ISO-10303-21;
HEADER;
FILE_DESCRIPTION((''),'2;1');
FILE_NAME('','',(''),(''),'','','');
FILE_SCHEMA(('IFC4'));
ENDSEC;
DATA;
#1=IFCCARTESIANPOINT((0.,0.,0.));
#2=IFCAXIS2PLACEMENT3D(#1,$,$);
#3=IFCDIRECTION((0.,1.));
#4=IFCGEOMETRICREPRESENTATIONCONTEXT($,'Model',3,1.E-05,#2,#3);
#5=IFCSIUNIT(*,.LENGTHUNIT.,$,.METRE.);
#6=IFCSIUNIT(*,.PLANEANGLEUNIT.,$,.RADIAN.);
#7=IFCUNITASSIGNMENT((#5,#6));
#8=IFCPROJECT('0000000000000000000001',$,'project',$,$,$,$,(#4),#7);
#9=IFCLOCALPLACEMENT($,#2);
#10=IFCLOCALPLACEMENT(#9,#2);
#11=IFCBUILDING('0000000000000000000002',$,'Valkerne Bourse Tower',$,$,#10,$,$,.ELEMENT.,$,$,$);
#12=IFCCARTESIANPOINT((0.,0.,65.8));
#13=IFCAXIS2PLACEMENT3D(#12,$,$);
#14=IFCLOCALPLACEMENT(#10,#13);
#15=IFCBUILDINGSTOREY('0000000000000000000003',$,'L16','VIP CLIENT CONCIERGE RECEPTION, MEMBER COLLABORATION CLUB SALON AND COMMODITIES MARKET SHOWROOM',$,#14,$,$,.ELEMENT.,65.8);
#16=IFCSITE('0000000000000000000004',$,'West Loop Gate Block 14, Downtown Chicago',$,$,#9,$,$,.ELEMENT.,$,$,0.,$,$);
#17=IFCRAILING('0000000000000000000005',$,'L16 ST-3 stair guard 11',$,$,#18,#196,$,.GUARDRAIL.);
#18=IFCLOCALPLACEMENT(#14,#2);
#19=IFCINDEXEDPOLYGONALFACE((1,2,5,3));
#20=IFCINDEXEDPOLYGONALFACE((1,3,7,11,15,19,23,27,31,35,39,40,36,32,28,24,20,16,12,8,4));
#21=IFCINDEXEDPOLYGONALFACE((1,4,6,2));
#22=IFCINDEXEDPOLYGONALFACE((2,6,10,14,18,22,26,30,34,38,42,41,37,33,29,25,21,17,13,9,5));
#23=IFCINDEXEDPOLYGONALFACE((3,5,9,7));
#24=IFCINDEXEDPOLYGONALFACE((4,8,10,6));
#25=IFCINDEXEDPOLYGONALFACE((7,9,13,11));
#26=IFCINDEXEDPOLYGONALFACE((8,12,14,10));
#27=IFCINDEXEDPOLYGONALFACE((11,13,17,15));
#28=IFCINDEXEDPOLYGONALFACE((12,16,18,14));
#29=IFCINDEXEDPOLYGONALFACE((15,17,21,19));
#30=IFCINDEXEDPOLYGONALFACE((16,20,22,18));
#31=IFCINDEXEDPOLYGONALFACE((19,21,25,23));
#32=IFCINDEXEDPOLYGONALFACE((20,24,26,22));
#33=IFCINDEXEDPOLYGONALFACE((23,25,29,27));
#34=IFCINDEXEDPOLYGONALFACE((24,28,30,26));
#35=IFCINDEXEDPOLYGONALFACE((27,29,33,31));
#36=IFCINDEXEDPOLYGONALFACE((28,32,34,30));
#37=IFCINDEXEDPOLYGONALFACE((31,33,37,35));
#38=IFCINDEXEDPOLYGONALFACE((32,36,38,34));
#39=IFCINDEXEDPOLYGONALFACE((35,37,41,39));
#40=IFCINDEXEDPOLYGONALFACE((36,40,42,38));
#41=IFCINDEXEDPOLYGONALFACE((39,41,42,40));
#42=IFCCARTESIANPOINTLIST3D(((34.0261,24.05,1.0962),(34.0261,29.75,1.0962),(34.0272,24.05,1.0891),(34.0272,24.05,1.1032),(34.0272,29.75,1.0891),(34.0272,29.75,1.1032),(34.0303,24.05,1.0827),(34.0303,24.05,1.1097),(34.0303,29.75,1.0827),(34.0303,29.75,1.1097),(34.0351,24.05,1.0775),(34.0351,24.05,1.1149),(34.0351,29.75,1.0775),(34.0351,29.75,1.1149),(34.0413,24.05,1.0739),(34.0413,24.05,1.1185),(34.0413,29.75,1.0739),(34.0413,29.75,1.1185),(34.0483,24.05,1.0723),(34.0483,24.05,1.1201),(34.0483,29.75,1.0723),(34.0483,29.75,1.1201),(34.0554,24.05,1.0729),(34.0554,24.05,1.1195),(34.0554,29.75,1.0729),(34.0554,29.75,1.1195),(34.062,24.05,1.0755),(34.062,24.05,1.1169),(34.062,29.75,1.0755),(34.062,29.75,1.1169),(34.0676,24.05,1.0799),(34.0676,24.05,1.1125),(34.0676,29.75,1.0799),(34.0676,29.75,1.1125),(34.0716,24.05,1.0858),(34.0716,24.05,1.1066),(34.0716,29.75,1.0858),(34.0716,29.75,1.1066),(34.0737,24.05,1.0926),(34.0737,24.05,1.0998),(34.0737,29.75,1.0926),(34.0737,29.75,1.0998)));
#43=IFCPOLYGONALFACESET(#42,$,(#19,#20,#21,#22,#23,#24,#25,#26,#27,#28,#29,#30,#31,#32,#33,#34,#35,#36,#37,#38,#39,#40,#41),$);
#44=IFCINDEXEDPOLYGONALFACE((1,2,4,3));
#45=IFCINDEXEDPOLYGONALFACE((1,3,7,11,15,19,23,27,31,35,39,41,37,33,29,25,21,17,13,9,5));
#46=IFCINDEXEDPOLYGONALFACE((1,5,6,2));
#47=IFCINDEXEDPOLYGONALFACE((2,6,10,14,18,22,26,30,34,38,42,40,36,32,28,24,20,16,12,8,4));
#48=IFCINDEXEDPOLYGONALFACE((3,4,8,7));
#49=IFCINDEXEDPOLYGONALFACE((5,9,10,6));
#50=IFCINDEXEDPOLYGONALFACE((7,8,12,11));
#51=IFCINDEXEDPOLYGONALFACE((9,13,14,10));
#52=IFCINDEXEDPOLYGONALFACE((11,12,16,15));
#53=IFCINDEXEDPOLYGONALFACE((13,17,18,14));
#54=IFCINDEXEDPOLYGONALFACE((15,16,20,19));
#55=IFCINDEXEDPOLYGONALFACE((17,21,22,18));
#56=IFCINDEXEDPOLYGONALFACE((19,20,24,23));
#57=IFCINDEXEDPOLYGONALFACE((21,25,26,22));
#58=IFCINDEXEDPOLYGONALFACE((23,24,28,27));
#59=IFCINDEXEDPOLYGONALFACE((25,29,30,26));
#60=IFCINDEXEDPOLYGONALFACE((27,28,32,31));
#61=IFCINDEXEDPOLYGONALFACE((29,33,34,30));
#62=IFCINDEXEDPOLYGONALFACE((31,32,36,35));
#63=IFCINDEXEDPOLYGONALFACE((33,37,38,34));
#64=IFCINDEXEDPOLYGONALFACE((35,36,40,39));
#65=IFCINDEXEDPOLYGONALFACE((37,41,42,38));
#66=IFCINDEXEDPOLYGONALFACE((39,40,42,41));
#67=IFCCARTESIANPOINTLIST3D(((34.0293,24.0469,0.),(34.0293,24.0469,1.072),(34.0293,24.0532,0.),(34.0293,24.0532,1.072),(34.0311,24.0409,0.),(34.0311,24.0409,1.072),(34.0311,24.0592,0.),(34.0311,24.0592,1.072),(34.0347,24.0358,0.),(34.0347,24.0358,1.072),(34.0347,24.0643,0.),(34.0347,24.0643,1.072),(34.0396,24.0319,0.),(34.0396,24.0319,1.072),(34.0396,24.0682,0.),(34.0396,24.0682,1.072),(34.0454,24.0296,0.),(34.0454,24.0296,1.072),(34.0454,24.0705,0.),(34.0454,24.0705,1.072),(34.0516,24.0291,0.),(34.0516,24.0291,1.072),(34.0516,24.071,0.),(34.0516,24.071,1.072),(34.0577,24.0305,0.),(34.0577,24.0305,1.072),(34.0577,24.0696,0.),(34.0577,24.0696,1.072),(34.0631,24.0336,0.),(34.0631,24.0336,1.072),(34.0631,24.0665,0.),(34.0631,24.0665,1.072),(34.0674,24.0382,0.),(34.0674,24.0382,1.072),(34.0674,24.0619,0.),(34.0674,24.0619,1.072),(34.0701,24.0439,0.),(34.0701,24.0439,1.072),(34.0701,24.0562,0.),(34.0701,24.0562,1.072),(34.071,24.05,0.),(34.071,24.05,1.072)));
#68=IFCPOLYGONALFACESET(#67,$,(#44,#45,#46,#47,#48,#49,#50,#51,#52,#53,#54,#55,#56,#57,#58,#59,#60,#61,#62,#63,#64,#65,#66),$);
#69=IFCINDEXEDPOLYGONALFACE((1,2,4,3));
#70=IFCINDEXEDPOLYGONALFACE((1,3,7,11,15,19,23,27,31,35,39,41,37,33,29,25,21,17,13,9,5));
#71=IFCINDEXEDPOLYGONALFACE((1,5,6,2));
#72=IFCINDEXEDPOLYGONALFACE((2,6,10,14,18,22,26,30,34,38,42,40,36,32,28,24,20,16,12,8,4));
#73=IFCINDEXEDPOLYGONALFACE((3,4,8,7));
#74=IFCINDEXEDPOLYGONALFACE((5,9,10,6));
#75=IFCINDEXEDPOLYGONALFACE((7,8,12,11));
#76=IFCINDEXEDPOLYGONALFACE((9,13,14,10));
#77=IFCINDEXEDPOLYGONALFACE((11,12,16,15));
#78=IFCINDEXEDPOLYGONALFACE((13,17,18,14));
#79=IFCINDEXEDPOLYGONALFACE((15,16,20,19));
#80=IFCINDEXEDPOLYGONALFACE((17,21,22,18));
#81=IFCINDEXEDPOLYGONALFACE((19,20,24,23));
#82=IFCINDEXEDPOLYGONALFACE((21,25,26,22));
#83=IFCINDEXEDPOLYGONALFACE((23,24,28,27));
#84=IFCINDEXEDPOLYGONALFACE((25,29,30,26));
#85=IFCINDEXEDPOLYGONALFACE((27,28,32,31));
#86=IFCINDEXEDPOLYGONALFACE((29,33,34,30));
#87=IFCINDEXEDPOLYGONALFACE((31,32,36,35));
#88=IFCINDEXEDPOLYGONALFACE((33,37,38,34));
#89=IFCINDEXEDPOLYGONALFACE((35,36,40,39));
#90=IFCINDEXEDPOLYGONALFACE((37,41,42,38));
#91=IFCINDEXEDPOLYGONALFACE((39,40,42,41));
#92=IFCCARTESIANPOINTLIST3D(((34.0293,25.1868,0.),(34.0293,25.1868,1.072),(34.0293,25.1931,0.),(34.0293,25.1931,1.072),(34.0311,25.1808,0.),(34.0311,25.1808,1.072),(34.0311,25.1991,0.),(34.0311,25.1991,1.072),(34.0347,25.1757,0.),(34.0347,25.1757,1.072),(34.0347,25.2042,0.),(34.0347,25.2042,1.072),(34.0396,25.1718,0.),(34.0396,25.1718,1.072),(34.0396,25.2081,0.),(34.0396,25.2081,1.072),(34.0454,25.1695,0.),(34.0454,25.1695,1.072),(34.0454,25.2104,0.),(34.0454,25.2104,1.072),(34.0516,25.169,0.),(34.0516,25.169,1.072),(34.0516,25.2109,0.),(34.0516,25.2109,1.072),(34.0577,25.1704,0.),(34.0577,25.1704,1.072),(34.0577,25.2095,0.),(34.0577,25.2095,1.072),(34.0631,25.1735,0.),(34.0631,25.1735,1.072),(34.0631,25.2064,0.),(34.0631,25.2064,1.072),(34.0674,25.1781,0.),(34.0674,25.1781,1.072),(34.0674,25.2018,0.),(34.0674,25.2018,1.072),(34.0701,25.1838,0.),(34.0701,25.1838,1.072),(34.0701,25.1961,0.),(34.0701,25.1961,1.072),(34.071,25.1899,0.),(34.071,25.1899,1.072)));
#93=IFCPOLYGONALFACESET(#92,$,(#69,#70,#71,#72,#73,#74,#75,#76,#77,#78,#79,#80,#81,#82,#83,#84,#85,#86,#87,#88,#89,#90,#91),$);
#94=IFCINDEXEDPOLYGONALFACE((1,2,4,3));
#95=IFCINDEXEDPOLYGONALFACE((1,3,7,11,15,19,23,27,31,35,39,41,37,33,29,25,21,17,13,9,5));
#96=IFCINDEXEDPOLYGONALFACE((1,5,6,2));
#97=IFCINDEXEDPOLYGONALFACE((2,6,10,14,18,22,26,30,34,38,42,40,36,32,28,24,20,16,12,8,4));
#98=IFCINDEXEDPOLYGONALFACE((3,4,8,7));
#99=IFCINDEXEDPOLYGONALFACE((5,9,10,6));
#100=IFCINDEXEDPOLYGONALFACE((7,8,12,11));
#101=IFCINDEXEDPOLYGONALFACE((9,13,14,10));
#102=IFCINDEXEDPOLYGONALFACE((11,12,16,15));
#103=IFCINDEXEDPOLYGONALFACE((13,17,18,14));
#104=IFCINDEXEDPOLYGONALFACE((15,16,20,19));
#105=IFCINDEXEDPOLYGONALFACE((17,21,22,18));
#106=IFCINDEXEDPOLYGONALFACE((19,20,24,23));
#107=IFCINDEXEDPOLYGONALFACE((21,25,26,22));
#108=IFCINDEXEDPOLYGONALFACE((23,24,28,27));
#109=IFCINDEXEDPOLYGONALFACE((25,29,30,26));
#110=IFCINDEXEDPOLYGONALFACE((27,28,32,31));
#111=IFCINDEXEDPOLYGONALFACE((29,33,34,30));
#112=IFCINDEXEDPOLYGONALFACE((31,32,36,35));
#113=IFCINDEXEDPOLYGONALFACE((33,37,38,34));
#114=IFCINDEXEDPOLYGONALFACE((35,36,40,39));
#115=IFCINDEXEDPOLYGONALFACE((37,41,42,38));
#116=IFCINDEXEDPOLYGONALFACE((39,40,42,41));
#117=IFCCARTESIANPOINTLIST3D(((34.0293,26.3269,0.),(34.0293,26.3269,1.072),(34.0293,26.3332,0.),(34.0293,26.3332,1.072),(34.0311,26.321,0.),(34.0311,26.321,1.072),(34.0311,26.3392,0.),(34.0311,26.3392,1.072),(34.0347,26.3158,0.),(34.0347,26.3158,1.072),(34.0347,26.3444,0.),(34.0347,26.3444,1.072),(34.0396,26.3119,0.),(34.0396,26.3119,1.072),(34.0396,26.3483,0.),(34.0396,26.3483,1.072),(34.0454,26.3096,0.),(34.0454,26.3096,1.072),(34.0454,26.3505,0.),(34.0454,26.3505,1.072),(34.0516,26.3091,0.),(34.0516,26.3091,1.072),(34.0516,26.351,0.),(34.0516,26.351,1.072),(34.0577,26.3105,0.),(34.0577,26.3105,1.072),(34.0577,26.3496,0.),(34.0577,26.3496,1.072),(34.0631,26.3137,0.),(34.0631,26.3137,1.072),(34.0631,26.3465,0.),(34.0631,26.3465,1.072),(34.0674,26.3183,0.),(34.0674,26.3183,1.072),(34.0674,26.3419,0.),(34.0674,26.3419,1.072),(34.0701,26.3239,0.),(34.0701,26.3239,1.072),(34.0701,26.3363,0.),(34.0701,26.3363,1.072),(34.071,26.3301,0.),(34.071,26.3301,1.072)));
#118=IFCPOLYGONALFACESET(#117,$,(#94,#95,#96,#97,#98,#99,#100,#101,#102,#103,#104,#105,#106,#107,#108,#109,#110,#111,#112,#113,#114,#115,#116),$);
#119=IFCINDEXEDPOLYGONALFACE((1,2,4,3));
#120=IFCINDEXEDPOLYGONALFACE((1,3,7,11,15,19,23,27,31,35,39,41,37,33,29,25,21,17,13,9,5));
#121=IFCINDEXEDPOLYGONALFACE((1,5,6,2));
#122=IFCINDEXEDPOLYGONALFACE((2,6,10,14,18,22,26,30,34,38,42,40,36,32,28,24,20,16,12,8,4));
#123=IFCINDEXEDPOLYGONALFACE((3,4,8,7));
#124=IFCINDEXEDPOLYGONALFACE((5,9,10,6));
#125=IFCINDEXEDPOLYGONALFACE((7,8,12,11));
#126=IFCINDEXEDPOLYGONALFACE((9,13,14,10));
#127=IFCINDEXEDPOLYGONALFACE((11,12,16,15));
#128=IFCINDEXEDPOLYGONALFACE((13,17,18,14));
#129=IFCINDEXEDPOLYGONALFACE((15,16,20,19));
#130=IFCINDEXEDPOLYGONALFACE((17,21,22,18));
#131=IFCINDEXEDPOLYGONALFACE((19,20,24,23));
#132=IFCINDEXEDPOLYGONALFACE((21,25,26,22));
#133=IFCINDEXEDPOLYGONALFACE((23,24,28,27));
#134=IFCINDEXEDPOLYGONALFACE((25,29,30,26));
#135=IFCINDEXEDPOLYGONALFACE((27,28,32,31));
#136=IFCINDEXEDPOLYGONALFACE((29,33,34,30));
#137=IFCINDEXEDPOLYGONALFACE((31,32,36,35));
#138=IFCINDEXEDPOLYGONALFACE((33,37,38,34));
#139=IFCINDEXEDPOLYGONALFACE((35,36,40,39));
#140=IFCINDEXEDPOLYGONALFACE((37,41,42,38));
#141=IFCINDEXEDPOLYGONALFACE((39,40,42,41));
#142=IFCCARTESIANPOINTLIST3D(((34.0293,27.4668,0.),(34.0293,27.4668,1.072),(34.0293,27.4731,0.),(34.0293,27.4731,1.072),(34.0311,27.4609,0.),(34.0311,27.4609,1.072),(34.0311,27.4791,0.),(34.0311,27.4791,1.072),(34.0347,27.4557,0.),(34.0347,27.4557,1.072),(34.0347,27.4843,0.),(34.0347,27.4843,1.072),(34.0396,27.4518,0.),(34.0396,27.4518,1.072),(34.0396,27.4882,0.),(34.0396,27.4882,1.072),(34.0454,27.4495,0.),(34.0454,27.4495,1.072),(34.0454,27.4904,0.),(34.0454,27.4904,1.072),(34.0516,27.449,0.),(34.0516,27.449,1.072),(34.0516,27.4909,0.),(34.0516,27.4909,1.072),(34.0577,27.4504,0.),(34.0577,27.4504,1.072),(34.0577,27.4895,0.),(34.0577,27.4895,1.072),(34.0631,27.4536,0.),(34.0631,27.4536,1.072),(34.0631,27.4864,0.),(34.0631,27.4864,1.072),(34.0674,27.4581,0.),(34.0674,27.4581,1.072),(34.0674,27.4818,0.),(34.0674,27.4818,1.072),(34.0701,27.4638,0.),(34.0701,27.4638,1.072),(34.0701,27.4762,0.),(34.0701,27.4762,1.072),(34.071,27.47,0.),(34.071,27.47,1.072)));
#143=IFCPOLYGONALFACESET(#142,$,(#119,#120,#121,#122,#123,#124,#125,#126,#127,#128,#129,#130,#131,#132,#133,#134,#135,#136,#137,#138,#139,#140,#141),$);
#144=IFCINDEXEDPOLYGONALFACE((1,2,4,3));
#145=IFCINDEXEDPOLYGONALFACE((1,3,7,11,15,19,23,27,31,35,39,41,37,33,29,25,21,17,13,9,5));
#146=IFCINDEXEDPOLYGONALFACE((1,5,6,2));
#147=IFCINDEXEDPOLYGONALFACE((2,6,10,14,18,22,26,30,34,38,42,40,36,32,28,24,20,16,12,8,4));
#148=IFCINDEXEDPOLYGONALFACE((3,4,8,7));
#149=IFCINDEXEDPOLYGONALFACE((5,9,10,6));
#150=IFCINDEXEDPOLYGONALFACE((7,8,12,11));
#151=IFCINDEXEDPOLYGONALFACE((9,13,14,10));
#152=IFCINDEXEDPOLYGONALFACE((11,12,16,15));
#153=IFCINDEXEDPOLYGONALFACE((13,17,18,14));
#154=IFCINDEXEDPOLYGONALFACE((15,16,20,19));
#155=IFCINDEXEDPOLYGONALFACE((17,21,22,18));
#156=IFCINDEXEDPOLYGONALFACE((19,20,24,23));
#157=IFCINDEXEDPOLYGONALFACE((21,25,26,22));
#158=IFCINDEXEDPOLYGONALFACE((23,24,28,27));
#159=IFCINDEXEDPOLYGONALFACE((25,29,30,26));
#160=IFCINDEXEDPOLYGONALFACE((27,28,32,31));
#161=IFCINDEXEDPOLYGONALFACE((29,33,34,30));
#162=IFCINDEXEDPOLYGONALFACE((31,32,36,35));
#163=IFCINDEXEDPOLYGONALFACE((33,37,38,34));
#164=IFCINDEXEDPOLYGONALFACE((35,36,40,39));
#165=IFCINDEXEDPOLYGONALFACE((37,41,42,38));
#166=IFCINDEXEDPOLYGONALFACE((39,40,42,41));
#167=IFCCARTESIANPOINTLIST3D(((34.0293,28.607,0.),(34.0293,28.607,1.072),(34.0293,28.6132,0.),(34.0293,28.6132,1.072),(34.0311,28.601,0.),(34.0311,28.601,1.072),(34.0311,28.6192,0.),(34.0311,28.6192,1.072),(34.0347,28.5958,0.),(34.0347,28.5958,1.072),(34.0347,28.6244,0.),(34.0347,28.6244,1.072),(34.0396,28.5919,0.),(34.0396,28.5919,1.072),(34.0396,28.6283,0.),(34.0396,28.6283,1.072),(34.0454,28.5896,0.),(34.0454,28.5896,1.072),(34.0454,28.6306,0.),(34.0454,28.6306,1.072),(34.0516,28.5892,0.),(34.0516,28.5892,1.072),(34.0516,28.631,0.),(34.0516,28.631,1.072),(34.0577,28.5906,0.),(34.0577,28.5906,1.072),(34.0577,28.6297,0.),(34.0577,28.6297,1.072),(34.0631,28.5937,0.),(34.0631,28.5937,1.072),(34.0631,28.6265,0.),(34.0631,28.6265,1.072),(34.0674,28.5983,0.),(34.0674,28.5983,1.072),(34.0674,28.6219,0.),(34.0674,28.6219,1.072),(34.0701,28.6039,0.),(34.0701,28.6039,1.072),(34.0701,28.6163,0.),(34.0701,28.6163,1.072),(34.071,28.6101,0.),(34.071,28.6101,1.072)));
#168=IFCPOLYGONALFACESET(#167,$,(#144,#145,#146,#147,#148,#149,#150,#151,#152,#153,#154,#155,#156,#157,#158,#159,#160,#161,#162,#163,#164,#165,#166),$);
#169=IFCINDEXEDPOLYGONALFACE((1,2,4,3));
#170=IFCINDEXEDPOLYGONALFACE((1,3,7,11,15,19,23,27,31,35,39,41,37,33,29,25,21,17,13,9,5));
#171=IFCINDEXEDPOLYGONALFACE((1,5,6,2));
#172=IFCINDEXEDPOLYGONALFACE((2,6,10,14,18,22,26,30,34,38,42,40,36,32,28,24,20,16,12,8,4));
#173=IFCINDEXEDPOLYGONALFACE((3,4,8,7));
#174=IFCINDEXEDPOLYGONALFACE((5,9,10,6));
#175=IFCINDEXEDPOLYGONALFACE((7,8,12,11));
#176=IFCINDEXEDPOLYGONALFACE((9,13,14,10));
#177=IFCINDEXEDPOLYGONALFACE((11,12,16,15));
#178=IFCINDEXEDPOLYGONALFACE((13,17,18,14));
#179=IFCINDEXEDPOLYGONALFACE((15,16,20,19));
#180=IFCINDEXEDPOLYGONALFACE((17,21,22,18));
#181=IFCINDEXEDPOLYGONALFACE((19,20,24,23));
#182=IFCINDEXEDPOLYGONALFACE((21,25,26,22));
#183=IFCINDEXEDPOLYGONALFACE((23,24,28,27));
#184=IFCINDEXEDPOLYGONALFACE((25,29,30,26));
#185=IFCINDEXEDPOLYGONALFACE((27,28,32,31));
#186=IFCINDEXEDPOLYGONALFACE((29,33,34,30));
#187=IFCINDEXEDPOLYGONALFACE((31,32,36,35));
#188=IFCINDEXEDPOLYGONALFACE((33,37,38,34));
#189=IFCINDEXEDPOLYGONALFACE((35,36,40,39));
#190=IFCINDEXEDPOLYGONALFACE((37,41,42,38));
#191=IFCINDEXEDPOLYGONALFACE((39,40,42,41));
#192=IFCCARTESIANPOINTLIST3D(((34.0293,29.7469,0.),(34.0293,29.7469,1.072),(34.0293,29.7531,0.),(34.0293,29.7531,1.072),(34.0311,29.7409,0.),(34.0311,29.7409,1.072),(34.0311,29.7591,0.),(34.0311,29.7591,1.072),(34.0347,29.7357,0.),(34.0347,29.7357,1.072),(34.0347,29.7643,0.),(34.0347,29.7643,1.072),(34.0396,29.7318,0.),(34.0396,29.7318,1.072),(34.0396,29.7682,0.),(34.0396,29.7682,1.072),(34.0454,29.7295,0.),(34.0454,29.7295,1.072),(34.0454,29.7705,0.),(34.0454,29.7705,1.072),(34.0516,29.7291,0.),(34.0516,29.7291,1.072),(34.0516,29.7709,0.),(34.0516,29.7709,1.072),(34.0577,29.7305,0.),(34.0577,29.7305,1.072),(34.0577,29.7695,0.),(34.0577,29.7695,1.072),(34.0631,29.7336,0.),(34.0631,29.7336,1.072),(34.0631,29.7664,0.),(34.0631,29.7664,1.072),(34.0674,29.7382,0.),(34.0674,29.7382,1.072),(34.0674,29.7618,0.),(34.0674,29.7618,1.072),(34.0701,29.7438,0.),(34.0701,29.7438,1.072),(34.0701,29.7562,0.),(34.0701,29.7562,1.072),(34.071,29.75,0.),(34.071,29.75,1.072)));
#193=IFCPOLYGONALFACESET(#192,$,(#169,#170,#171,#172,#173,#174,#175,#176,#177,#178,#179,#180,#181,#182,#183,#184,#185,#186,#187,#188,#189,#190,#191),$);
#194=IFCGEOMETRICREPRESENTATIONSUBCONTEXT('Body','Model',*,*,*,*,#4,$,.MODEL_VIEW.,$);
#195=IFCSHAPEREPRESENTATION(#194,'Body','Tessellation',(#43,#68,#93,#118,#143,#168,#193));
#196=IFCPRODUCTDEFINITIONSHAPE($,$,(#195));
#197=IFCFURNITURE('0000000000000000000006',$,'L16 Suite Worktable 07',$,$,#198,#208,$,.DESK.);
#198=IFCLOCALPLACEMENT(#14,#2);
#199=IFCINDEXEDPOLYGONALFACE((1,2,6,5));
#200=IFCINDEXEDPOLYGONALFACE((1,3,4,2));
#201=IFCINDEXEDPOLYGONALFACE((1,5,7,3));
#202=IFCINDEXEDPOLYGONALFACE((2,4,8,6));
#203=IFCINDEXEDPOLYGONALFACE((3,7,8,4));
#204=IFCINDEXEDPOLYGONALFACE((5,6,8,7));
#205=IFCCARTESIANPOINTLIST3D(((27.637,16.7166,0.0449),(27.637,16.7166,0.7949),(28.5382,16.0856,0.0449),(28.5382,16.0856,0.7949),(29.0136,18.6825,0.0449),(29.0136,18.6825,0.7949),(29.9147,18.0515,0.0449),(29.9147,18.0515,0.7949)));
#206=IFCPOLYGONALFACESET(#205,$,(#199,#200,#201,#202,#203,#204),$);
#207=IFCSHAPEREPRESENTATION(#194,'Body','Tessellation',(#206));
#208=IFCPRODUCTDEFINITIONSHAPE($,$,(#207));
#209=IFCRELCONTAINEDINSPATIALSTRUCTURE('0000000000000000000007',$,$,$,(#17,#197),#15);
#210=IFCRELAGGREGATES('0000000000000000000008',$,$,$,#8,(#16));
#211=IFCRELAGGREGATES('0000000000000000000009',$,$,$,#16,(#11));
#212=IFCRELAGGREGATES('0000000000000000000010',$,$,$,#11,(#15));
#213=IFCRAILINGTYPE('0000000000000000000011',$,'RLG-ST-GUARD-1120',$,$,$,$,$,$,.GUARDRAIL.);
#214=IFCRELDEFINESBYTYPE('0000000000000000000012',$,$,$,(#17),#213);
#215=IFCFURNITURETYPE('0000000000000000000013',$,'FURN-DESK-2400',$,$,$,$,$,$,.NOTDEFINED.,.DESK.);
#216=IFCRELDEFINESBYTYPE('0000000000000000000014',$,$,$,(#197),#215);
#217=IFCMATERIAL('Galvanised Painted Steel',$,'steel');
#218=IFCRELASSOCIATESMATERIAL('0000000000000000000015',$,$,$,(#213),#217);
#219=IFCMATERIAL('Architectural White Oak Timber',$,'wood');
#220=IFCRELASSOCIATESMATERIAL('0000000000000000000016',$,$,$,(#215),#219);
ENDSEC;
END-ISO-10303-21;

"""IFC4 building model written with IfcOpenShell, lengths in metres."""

from ifc_helpers import new_model, si_unit, direction, frame, origin, origin_2d, place, context, subcontext, project, spatial, rectangle, circle, extrude, material, type_object, element, save


model = new_model("IFC4")

# Units and contexts
model_context = context("Model", 3, precision=1e-05, world=origin(), true_north=direction((0.0, 1.0)))
body_context = subcontext(model_context, "Body", "Model", "MODEL_VIEW")
ifc_project = project(units=[si_unit("LENGTHUNIT", "METRE"), si_unit("PLANEANGLEUNIT", "RADIAN")], contexts=[model_context])

# Site, building, storey
site_placement = place(None, origin())
site = spatial("IfcSite", under=ifc_project, at=site_placement, Name="West Loop Gate Block 14, Downtown Chicago", CompositionType="ELEMENT", RefElevation=0.0)
building_placement = place(site_placement, origin())
building = spatial("IfcBuilding", under=site, at=building_placement, Name="Valkerne Bourse Tower", CompositionType="ELEMENT")
storey_placement = place(building_placement, frame((0.0, 0.0, 65.8)))
storey = spatial("IfcBuildingStorey", under=building, at=storey_placement, Name="L16", Description="VIP CLIENT CONCIERGE RECEPTION, MEMBER COLLABORATION CLUB SALON AND COMMODITIES MARKET SHOWROOM", CompositionType="ELEMENT", Elevation=65.8)

# Shared definitions
ifc_material_1 = material(Name="Galvanised Painted Steel", Category="steel")

# Railing
railing_type = type_object("IfcRailingType", Name="RLG-ST-GUARD-1120", PredefinedType="GUARDRAIL", material=ifc_material_1)
railing_1_placement = place(storey_placement, frame((34.05, 24.05, 0.0)))
element("IfcRailing", 1, at=railing_1_placement, inside=storey, type_object=railing_type, Name="L16 ST-3 stair guard 11", PredefinedType="GUARDRAIL", context=body_context, shape_type="SweptSolid", body=[
    extrude(circle(Radius=0.0239, at=origin_2d()), frame((0.0, 0.0, 1.0962), z_axis=(0.0, 1.0, 0.0), x_axis=(-1.0, 0.0, 0.0)), (0.0, 0.0, 1.0), 5.7),
    extrude(circle(Radius=0.021, at=origin_2d()), origin(), (0.0, 0.0, 1.0), 1.072),
    extrude(circle(Radius=0.021, at=origin_2d()), frame((0.0, 1.1399, 0.0)), (0.0, 0.0, 1.0), 1.072),
    extrude(circle(Radius=0.021, at=origin_2d()), frame((0.0, 2.28, 0.0)), (0.0, 0.0, 1.0), 1.072),
    extrude(circle(Radius=0.021, at=origin_2d()), frame((0.0, 3.4199, 0.0)), (0.0, 0.0, 1.0), 1.072),
    extrude(circle(Radius=0.021, at=origin_2d()), frame((0.0, 4.5601, 0.0)), (0.0, 0.0, 1.0), 1.072),
    extrude(circle(Radius=0.021, at=origin_2d()), frame((0.0, 5.7, 0.0)), (0.0, 0.0, 1.0), 1.072),
])

# Furniture
ifc_material_2 = material(Name="Architectural White Oak Timber", Category="wood")
furniture_type = type_object("IfcFurnitureType", Name="FURN-DESK-2400", AssemblyPlace="NOTDEFINED", PredefinedType="DESK", material=ifc_material_2)
furniture_placement = place(storey_placement, frame((28.7759, 17.384, 0.0449), z_axis=(0.0, 0.0, 1.0), x_axis=(0.573576, 0.819152, 0.0)))
element("IfcFurniture", 2, at=furniture_placement, inside=storey, type_object=furniture_type, Name="L16 Suite Worktable 07", PredefinedType="DESK", context=body_context, shape_type="SweptSolid", body=[
    extrude(rectangle(XDim=2.3999, YDim=1.1001, at=origin_2d()), origin(), (0.0, 0.0, 1.0), 0.75),
])

save(model, "model.ifc")
